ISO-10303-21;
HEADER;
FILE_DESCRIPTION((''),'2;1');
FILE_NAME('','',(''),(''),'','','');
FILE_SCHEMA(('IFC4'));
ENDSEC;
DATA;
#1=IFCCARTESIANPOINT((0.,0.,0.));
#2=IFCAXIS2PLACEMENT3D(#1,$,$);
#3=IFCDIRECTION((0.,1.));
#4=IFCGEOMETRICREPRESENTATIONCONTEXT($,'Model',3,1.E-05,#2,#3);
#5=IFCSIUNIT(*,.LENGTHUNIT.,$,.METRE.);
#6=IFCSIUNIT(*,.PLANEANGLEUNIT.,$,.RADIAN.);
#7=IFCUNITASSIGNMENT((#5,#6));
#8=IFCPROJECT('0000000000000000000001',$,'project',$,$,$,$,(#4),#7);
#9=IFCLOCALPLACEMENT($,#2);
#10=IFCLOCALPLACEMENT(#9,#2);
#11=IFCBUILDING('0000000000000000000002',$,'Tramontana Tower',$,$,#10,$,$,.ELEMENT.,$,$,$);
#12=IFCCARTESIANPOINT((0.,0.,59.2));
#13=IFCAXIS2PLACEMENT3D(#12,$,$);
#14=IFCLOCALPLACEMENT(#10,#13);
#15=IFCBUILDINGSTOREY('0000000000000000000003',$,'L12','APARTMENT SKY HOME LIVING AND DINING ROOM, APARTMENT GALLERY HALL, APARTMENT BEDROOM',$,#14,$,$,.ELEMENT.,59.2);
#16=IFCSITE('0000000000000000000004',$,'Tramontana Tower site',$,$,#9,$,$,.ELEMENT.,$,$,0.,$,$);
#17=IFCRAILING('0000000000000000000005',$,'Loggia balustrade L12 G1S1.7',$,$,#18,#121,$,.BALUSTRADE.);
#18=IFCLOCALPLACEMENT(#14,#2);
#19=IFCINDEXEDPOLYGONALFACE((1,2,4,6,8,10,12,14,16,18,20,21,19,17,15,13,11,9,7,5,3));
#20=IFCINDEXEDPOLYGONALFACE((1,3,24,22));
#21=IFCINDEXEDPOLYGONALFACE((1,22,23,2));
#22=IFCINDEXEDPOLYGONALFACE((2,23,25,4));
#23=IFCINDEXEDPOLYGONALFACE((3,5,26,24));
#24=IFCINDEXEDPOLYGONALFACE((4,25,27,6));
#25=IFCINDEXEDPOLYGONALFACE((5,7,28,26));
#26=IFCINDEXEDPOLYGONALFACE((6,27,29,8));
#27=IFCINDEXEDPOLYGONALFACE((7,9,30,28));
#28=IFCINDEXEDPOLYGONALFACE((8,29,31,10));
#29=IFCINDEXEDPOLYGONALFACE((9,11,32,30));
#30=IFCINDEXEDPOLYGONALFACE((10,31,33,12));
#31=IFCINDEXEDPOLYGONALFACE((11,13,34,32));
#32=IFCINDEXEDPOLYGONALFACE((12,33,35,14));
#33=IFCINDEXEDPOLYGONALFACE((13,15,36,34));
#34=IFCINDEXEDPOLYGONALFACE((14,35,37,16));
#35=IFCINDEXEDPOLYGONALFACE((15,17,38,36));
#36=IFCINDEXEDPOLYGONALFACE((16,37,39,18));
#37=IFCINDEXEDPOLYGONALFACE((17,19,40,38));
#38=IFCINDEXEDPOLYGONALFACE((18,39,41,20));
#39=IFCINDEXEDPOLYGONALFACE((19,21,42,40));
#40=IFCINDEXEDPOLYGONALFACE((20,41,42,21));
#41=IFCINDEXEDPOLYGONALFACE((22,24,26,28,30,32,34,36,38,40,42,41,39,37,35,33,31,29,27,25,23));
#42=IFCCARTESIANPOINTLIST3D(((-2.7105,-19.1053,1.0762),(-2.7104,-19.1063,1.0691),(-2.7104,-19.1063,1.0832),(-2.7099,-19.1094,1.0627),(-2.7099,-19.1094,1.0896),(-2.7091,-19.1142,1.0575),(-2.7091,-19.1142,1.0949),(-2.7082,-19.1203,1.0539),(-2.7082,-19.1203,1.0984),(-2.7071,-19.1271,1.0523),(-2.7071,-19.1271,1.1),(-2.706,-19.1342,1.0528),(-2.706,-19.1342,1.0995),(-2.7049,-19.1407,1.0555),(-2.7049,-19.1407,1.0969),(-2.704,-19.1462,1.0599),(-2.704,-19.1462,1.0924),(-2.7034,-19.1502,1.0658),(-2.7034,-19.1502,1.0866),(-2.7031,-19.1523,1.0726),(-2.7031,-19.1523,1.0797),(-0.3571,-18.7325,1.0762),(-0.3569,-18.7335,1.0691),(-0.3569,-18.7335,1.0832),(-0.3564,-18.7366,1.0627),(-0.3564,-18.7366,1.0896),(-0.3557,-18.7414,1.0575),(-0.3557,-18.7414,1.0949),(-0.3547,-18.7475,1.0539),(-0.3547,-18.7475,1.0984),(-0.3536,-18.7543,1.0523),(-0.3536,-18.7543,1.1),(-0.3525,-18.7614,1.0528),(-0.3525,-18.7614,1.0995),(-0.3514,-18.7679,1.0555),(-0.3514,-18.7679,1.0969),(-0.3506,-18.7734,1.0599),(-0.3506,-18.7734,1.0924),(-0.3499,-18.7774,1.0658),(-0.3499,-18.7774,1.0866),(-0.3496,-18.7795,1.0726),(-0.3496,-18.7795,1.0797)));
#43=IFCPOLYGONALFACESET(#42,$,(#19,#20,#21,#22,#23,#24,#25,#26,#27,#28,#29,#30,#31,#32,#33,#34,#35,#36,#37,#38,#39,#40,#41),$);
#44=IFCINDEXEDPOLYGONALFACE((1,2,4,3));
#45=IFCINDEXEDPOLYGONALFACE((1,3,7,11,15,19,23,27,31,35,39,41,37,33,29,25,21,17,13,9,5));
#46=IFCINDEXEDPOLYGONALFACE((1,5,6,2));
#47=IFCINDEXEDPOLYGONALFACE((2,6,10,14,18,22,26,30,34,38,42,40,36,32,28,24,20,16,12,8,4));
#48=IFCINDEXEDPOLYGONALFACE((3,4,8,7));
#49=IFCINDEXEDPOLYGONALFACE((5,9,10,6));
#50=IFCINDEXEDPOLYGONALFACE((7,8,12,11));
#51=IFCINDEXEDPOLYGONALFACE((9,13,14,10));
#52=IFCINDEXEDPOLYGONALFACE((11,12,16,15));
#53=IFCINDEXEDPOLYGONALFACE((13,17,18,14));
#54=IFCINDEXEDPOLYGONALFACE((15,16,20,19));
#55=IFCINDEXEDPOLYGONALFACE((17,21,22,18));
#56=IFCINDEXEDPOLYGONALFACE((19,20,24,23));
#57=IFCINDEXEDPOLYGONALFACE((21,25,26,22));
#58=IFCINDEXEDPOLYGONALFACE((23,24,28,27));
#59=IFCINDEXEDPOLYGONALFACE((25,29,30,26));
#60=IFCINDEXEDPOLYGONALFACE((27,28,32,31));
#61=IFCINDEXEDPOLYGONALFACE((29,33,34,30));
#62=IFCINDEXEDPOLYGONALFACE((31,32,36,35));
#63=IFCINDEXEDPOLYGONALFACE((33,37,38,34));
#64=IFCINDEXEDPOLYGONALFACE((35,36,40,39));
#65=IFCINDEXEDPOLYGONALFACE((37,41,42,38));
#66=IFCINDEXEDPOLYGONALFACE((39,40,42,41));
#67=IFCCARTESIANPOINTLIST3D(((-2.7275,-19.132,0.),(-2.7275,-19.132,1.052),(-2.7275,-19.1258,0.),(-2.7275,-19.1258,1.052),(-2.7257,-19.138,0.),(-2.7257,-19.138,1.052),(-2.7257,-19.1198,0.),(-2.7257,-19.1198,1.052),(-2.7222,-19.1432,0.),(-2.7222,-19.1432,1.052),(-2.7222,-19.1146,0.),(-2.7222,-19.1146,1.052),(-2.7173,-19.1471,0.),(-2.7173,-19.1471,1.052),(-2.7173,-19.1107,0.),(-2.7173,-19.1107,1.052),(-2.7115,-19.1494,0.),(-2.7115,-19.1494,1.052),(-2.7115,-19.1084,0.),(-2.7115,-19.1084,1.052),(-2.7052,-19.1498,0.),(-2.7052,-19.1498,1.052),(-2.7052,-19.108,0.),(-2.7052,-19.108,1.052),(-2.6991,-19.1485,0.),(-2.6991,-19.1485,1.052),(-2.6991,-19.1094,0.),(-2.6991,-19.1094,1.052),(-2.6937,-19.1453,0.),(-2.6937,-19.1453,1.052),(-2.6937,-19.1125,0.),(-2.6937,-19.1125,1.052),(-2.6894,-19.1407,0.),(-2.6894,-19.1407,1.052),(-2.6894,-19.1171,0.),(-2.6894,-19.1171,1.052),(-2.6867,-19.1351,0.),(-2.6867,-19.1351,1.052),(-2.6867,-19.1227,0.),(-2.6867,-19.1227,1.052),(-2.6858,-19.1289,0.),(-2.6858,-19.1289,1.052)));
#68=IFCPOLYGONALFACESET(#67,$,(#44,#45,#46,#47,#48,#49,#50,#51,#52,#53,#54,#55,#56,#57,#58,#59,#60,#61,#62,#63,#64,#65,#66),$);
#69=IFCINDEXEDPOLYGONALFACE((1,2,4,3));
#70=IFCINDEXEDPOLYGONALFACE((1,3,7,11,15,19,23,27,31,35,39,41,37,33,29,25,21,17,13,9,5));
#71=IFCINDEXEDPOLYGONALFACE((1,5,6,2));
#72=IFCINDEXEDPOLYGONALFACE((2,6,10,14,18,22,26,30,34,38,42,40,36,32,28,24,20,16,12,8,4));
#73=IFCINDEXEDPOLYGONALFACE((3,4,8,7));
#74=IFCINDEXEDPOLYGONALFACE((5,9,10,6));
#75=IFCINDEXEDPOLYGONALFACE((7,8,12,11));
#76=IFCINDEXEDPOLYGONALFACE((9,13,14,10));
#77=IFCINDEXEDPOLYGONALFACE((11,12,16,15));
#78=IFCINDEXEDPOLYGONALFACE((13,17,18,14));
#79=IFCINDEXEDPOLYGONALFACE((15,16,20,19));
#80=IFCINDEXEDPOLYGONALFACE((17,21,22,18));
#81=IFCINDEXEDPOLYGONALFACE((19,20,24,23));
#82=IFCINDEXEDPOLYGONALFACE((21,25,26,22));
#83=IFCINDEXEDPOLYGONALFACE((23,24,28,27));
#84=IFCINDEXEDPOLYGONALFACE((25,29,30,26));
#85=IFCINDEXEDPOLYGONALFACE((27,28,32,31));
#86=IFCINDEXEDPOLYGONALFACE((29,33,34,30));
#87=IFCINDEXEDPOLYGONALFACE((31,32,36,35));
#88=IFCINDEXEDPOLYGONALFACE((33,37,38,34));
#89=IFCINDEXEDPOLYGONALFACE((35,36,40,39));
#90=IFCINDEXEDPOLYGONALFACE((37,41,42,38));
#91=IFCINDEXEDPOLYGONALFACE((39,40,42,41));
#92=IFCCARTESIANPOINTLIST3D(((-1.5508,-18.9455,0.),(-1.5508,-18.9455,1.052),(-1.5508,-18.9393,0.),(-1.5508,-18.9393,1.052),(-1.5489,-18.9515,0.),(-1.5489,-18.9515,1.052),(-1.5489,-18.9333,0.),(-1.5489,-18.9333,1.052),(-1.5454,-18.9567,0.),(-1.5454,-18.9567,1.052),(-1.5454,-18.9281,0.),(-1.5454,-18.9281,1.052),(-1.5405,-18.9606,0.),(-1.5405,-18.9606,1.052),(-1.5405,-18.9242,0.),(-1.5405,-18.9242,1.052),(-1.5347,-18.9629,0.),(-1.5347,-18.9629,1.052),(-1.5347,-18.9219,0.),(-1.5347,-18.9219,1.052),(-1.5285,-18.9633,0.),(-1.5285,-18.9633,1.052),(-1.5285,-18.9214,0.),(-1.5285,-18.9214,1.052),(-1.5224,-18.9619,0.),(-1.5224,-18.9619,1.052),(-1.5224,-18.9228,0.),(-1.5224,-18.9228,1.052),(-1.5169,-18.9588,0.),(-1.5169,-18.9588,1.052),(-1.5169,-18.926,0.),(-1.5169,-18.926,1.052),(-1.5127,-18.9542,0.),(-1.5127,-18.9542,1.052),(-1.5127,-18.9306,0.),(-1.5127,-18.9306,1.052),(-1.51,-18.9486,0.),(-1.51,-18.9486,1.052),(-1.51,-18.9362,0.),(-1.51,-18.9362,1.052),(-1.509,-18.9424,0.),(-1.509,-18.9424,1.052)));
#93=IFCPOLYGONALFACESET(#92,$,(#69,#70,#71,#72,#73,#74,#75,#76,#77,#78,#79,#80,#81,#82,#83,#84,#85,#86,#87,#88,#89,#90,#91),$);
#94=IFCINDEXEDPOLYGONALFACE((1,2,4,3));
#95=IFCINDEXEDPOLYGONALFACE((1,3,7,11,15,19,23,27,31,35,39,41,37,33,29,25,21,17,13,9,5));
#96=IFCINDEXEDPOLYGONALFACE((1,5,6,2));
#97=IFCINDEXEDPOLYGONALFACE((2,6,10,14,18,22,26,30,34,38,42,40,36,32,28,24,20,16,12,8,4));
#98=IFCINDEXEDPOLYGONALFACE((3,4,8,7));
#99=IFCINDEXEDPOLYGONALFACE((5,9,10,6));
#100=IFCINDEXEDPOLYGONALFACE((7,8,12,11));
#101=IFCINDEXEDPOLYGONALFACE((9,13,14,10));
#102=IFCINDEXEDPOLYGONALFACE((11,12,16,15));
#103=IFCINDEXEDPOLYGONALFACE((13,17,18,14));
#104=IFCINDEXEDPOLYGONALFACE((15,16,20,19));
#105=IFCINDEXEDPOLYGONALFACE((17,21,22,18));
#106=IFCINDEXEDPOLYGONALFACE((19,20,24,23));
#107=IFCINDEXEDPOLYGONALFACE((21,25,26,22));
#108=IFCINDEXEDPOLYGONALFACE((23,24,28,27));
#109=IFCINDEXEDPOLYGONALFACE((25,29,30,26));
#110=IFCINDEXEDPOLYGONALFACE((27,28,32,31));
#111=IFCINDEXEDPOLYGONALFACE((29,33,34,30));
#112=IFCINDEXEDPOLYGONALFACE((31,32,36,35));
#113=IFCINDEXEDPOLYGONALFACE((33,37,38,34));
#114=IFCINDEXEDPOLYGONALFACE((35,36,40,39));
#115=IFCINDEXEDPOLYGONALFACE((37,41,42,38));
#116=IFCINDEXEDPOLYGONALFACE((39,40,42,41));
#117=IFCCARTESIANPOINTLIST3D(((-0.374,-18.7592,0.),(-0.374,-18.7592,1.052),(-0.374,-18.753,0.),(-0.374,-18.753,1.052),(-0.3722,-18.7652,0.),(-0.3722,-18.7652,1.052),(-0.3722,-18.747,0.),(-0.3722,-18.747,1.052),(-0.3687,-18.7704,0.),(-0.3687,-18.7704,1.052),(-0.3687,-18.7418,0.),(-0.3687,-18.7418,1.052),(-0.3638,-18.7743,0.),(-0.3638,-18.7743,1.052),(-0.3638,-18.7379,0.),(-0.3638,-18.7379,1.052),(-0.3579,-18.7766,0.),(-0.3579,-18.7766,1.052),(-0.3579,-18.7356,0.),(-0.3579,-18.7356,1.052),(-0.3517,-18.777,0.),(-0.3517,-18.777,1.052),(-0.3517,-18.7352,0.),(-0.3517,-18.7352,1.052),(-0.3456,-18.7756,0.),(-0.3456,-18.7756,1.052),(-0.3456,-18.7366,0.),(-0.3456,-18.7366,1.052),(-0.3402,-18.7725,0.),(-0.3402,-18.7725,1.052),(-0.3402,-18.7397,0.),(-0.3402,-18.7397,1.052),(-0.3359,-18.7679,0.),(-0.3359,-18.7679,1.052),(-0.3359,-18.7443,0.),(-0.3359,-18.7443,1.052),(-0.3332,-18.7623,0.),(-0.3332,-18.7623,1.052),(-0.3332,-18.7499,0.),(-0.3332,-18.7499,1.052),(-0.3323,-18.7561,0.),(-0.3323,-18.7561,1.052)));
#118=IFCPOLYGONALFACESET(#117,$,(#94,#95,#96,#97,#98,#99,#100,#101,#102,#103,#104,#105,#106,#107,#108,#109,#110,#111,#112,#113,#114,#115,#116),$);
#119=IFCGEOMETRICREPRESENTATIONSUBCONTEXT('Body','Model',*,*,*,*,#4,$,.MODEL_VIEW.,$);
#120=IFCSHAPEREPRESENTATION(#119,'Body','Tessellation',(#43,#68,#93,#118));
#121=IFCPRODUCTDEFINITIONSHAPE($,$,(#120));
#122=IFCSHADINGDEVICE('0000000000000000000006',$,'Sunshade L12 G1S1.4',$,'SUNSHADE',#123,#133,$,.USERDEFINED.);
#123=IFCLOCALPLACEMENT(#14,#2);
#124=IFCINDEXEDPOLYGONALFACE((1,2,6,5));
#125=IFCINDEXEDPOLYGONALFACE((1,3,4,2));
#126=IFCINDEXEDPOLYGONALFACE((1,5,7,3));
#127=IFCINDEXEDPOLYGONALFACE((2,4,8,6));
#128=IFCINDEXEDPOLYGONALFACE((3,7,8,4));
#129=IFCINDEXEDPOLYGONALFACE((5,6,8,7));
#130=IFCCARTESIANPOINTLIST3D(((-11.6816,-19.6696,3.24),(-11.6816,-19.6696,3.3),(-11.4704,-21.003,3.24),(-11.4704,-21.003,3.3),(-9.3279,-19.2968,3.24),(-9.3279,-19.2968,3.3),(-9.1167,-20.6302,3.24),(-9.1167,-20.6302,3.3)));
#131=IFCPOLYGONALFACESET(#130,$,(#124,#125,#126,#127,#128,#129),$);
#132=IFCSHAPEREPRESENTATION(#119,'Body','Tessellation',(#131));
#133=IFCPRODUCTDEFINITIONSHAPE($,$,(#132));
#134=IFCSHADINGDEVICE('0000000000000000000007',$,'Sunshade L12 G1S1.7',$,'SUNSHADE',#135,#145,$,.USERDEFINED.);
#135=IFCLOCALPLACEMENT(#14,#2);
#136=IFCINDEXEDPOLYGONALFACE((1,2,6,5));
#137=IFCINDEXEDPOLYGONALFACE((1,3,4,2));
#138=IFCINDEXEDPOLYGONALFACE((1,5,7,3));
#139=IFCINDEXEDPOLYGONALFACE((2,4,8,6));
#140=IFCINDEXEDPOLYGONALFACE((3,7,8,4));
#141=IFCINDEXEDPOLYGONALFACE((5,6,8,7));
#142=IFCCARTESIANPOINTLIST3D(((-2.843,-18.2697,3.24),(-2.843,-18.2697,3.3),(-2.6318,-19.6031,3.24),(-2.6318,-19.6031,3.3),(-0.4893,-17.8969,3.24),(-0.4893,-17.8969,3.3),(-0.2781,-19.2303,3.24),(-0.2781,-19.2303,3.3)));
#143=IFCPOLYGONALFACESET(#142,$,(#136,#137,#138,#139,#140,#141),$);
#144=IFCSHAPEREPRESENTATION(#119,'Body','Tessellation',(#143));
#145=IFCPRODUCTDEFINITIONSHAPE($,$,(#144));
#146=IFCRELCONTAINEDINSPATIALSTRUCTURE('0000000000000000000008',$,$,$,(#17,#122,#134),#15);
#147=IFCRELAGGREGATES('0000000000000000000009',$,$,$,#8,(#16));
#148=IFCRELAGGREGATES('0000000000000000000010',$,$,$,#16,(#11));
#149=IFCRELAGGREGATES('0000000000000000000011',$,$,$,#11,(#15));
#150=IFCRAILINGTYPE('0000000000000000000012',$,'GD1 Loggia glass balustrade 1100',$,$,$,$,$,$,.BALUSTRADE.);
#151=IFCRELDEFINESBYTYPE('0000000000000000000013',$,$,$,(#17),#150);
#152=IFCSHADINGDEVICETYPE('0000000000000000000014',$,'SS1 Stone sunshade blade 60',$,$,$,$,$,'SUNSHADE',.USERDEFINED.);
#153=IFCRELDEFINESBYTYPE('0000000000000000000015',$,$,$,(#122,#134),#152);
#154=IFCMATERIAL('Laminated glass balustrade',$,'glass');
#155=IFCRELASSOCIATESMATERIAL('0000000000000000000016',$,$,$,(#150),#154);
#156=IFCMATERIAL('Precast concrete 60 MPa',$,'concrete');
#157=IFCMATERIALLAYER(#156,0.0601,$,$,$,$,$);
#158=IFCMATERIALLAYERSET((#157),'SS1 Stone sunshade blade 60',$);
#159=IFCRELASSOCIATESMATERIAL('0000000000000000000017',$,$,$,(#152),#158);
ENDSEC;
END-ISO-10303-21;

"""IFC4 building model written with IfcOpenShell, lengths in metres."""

from ifc_helpers import new_model, si_unit, direction, frame, origin, origin_2d, place, context, subcontext, project, spatial, rectangle, circle, extrude, material, layer, layer_set, type_object, element, save


model = new_model("IFC4")

# Units and contexts
model_context = context("Model", 3, precision=1e-05, world=origin(), true_north=direction((0.0, 1.0)))
body_context = subcontext(model_context, "Body", "Model", "MODEL_VIEW")
ifc_project = project(units=[si_unit("LENGTHUNIT", "METRE"), si_unit("PLANEANGLEUNIT", "RADIAN")], contexts=[model_context])

# Site, building, storey
site_placement = place(None, origin())
site = spatial("IfcSite", under=ifc_project, at=site_placement, Name="Tramontana Tower site", CompositionType="ELEMENT", RefElevation=0.0)
building_placement = place(site_placement, origin())
building = spatial("IfcBuilding", under=site, at=building_placement, Name="Tramontana Tower", CompositionType="ELEMENT")
storey_placement = place(building_placement, frame((0.0, 0.0, 59.2)))
storey = spatial("IfcBuildingStorey", under=building, at=storey_placement, Name="L12", Description="APARTMENT SKY HOME LIVING AND DINING ROOM, APARTMENT GALLERY HALL, APARTMENT BEDROOM", CompositionType="ELEMENT", Elevation=59.2)

# Railing
ifc_material_1 = material(Name="Laminated glass balustrade", Category="glass")
railing_type = type_object("IfcRailingType", Name="GD1 Loggia glass balustrade 1100", PredefinedType="BALUSTRADE", material=ifc_material_1)
railing_1_placement = place(storey_placement, frame((-2.7068, -19.1289, 0.0)))
element("IfcRailing", 1, at=railing_1_placement, inside=storey, type_object=railing_type, Name="Loggia balustrade L12 G1S1.7", PredefinedType="BALUSTRADE", context=body_context, shape_type="SweptSolid", body=[
    extrude(circle(Radius=0.0239, at=origin_2d()), frame((0.0, 0.0, 1.0762), z_axis=(0.987686, 0.156452, 0.0), x_axis=(-0.156452, 0.987686, 0.0)), (0.0, 0.0, 1.0), 2.3828),
    extrude(circle(Radius=0.021, at=origin_2d()), origin(), (0.0, 0.0, 1.0), 1.052),
    extrude(circle(Radius=0.021, at=origin_2d()), frame((1.1768, 0.1865, 0.0)), (0.0, 0.0, 1.0), 1.052),
    extrude(circle(Radius=0.021, at=origin_2d()), frame((2.3535, 0.3728, 0.0)), (0.0, 0.0, 1.0), 1.052),
])

# Shading devices
ifc_material_2 = material(Name="Precast concrete 60 MPa", Category="concrete")
ifc_layer_1 = layer(ifc_material_2, 0.0601)
ifc_layer_set_1 = layer_set([ifc_layer_1], Name="SS1 Stone sunshade blade 60")
shading_device_type = type_object("IfcShadingDeviceType", Name="SS1 Stone sunshade blade 60", ElementType="SUNSHADE", PredefinedType="USERDEFINED", material=ifc_layer_set_1)
for number, where, z_axis, x_axis, name in (
    (2, (-10.3992, -20.1499, 3.24), (0.0, 0.0, 1.0), (0.987688, 0.156434, 0.0), "Sunshade L12 G1S1.4"),
    (3, (-1.5605, -18.75, 3.24), (0.0, 0.0, 1.0), (0.987688, 0.156434, 0.0), "Sunshade L12 G1S1.7"),
):
    element("IfcShadingDevice", number, at=place(storey_placement, frame(where, z_axis=z_axis, x_axis=x_axis)), inside=storey, type_object=shading_device_type, Name=name, ObjectType="SUNSHADE", PredefinedType="USERDEFINED", context=body_context, shape_type="SweptSolid", body=[
        extrude(rectangle(XDim=2.3831, YDim=1.3501, at=origin_2d()), origin(), (0.0, 0.0, 1.0), 0.0601),
    ])

save(model, "model.ifc")
